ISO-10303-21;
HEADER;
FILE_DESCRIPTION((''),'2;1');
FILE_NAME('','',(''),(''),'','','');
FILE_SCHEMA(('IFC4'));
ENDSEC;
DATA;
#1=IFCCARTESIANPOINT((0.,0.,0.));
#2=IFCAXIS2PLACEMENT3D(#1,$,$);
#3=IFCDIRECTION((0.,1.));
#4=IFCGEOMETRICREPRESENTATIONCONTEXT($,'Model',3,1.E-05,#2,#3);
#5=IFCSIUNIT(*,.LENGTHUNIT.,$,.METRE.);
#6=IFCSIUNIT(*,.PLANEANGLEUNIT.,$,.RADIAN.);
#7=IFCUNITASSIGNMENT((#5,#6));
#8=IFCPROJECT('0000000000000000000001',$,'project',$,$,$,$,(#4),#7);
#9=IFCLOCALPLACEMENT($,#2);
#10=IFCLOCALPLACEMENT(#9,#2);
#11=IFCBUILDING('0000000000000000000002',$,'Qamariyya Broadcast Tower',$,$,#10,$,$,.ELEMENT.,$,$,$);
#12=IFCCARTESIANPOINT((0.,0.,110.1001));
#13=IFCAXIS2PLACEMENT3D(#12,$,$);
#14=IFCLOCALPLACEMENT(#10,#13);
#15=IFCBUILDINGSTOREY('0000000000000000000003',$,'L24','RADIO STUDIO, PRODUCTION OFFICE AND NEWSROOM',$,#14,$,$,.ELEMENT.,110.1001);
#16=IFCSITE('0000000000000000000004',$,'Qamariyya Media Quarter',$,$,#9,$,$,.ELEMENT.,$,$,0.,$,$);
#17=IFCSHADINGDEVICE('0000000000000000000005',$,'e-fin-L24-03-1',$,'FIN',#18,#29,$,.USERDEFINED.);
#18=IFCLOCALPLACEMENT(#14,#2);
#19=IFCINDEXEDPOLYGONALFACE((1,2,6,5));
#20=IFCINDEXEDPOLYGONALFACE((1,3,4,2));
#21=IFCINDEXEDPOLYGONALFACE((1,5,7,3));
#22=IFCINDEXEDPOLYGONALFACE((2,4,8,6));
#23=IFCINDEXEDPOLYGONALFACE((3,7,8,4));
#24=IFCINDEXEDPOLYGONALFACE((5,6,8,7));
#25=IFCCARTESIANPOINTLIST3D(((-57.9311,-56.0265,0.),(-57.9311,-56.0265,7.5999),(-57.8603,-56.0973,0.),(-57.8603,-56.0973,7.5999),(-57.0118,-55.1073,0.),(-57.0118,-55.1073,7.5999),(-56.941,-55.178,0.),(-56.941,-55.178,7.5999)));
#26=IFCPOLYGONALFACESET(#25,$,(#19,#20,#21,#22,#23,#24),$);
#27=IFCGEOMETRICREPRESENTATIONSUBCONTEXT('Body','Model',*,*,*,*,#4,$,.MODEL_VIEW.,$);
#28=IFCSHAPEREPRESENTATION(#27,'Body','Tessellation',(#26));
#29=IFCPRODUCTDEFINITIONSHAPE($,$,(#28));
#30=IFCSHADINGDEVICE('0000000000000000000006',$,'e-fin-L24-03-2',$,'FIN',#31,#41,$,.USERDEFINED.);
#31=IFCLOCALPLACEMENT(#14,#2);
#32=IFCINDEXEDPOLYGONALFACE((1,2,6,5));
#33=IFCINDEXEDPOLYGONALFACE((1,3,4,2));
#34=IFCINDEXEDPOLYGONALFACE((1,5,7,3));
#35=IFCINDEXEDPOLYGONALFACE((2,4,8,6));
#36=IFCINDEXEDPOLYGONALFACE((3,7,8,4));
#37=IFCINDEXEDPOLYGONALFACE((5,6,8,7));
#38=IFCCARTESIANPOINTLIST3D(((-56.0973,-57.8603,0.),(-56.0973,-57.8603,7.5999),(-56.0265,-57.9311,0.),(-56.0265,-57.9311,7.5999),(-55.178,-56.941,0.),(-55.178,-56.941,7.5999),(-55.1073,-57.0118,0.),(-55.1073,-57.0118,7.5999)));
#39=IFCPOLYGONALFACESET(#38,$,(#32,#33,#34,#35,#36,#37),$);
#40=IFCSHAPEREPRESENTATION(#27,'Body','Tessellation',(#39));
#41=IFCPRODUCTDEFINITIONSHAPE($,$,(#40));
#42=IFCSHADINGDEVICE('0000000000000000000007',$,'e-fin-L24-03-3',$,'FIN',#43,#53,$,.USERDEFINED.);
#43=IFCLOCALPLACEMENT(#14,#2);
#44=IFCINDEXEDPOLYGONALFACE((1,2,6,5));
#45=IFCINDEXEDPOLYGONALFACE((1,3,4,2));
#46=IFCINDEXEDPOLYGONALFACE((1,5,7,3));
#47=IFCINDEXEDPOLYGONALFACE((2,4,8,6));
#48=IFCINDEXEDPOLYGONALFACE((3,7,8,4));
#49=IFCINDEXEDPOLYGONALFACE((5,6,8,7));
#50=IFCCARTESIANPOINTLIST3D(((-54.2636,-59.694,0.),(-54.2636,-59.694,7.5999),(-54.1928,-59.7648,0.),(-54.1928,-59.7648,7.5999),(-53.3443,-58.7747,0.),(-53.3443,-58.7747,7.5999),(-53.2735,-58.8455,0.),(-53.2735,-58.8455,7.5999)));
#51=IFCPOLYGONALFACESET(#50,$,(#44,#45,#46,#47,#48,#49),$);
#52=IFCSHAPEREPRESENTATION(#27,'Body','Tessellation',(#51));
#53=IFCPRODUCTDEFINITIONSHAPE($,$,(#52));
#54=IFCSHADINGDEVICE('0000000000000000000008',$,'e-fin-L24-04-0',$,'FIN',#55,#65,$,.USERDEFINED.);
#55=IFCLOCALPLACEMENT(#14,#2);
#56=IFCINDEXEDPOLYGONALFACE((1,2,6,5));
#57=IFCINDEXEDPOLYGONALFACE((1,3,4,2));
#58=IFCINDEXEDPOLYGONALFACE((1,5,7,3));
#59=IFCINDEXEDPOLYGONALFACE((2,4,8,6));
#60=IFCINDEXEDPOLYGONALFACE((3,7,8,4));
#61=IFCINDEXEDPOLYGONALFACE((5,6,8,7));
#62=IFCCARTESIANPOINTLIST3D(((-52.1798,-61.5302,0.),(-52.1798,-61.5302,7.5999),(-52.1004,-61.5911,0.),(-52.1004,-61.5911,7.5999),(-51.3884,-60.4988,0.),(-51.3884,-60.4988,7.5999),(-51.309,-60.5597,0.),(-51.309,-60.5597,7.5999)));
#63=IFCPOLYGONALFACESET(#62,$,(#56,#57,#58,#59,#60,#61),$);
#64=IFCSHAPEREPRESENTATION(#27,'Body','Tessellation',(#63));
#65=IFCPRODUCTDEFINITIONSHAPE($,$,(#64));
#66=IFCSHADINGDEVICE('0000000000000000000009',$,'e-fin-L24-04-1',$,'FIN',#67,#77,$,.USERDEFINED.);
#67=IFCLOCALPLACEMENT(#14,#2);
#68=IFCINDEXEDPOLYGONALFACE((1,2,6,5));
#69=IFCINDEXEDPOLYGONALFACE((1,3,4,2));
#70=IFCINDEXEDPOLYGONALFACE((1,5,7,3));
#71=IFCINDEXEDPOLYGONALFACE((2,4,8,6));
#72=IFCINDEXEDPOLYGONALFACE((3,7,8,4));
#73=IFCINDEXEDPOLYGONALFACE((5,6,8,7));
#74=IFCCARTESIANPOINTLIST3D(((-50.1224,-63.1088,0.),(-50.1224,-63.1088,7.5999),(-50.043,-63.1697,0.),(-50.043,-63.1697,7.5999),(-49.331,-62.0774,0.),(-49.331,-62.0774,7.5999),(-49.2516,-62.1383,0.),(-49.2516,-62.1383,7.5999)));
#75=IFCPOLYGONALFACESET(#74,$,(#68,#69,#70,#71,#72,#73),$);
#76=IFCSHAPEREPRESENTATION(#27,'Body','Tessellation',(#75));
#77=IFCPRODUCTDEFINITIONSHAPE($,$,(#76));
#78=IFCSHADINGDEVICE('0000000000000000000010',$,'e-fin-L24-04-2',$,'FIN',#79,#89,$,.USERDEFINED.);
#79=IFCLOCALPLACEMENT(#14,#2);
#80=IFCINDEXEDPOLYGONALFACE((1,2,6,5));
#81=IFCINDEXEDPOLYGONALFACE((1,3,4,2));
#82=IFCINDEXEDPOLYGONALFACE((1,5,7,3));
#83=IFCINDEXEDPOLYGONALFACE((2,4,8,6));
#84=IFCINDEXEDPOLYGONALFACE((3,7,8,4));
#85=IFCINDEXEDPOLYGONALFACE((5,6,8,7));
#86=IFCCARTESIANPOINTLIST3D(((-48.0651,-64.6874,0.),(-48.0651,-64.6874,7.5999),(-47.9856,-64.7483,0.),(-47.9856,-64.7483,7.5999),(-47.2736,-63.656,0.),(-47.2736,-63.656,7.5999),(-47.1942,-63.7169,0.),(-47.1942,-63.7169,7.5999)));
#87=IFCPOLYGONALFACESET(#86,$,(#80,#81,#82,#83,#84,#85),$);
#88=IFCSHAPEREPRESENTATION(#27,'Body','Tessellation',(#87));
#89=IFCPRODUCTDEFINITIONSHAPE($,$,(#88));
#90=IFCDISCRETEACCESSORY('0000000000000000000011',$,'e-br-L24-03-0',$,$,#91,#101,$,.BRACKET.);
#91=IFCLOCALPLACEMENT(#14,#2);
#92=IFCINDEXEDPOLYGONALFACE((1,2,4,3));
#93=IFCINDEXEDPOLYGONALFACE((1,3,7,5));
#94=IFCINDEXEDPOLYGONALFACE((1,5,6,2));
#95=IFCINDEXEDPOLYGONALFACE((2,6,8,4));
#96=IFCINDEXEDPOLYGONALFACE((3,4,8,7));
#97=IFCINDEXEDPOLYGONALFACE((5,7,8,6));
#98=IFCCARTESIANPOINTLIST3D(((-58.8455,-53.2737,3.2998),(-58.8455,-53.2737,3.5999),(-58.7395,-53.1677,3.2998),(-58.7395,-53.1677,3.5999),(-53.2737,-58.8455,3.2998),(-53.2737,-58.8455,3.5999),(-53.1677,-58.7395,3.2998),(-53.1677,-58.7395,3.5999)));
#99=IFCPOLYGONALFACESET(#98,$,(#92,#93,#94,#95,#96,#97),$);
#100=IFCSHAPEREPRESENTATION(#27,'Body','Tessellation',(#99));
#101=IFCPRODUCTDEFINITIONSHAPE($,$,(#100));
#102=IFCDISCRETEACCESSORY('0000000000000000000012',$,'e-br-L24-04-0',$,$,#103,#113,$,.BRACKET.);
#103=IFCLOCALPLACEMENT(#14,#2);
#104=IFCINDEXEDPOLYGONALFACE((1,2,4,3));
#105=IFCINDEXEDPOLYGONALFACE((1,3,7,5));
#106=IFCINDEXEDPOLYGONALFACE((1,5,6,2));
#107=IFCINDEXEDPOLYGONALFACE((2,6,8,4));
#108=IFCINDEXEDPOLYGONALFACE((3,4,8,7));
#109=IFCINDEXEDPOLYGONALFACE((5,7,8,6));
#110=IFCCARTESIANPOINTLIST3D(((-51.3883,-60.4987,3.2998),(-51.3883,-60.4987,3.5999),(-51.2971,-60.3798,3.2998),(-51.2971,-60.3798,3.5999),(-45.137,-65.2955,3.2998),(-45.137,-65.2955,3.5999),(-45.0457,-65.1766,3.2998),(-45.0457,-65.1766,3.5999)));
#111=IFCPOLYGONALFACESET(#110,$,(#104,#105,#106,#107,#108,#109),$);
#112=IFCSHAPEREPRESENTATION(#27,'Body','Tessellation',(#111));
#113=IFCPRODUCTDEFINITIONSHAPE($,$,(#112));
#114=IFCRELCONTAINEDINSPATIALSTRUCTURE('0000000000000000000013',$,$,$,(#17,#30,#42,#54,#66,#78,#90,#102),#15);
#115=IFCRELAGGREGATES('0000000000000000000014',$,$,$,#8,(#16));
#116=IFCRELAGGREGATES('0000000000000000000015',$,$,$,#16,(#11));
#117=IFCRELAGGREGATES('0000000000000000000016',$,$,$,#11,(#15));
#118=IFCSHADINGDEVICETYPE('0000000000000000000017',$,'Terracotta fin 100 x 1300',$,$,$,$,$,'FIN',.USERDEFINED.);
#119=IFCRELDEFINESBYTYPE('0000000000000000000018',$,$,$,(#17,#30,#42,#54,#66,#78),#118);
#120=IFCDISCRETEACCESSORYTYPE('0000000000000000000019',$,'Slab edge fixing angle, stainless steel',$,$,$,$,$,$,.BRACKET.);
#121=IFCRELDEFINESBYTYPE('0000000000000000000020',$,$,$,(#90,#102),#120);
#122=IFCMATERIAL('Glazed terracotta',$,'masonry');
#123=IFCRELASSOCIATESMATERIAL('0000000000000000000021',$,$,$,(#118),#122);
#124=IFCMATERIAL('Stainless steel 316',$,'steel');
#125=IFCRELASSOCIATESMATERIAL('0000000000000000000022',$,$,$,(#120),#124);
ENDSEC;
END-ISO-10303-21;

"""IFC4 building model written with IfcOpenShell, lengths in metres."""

from ifc_helpers import new_model, si_unit, direction, frame, origin, origin_2d, place, context, subcontext, project, spatial, rectangle, extrude, material, material_profile, profile_set, type_object, element, save


model = new_model("IFC4")

# Units and contexts
model_context = context("Model", 3, precision=1e-05, world=origin(), true_north=direction((0.0, 1.0)))
body_context = subcontext(model_context, "Body", "Model", "MODEL_VIEW")
ifc_project = project(units=[si_unit("LENGTHUNIT", "METRE"), si_unit("PLANEANGLEUNIT", "RADIAN")], contexts=[model_context])

# Site, building, storey
site_placement = place(None, origin())
site = spatial("IfcSite", under=ifc_project, at=site_placement, Name="Qamariyya Media Quarter", CompositionType="ELEMENT", RefElevation=0.0)
building_placement = place(site_placement, origin())
building = spatial("IfcBuilding", under=site, at=building_placement, Name="Qamariyya Broadcast Tower", CompositionType="ELEMENT")
storey_placement = place(building_placement, frame((0.0, 0.0, 110.1001)))
storey = spatial("IfcBuildingStorey", under=building, at=storey_placement, Name="L24", Description="RADIO STUDIO, PRODUCTION OFFICE AND NEWSROOM", CompositionType="ELEMENT", Elevation=110.1001)

# Shading devices
ifc_material_1 = material(Name="Glazed terracotta", Category="masonry")
ifc_material_profile_1 = material_profile(ifc_material_1, rectangle(XDim=1.3, YDim=0.1001, at=origin_2d()))
ifc_profile_set_1 = profile_set([ifc_material_profile_1], Name="Glazed terracotta")
shading_device_type_1 = type_object("IfcShadingDeviceType", Name="Terracotta fin 100 x 1300", ElementType="FIN", PredefinedType="USERDEFINED", material=ifc_profile_set_1)
for number, where, z_axis, x_axis, name in (
    (1, (-57.436, -55.6023, 0.0), (0.0, 0.0, 1.0), (-0.707107, -0.707107, 0.0), "e-fin-L24-03-1"),
    (2, (-55.6023, -57.436, 0.0), (0.0, 0.0, 1.0), (-0.707107, -0.707107, 0.0), "e-fin-L24-03-2"),
    (3, (-53.7686, -59.2698, 0.0), (0.0, 0.0, 1.0), (-0.707107, -0.707107, 0.0), "e-fin-L24-03-3"),
    (4, (-51.7444, -61.0449, 0.0), (0.0, 0.0, 1.0), (-0.608761, -0.793353, 0.0), "e-fin-L24-04-0"),
    (5, (-49.687, -62.6235, 0.0), (0.0, 0.0, 1.0), (-0.608761, -0.793353, 0.0), "e-fin-L24-04-1"),
    (6, (-47.6296, -64.2021, 0.0), (0.0, 0.0, 1.0), (-0.608761, -0.793353, 0.0), "e-fin-L24-04-2"),
):
    element("IfcShadingDevice", number, at=place(storey_placement, frame(where, z_axis=z_axis, x_axis=x_axis)), inside=storey, type_object=shading_device_type_1, Name=name, ObjectType="FIN", PredefinedType="USERDEFINED", context=body_context, shape_type="SweptSolid", body=[
        extrude(rectangle(XDim=1.3, YDim=0.1001, at=origin_2d()), origin(), (0.0, 0.0, 1.0), 7.5999),
    ])

# Discrete accessories
ifc_material_2 = material(Name="Stainless steel 316", Category="steel")
discrete_accessory_type = type_object("IfcDiscreteAccessoryType", Name="Slab edge fixing angle, stainless steel", PredefinedType="BRACKET", material=ifc_material_2)
for number, where, z_axis, x_axis, name in (
    (7, (-56.0066, -56.0066, 3.2998), (0.0, 0.0, 1.0), (0.707107, -0.707107, 0.0), "e-br-L24-03-0"),
    (8, (-48.217, -62.8376, 3.2998), (0.0, 0.0, 1.0), (0.793353, -0.608761, 0.0), "e-br-L24-04-0"),
):
    element("IfcDiscreteAccessory", number, at=place(storey_placement, frame(where, z_axis=z_axis, x_axis=x_axis)), inside=storey, type_object=discrete_accessory_type, Name=name, PredefinedType="BRACKET", context=body_context, shape_type="SweptSolid", body=[
        extrude(rectangle(XDim=7.8796, YDim=0.1499, at=origin_2d()), origin(), (0.0, 0.0, 1.0), 0.3),
    ])

save(model, "model.ifc")
